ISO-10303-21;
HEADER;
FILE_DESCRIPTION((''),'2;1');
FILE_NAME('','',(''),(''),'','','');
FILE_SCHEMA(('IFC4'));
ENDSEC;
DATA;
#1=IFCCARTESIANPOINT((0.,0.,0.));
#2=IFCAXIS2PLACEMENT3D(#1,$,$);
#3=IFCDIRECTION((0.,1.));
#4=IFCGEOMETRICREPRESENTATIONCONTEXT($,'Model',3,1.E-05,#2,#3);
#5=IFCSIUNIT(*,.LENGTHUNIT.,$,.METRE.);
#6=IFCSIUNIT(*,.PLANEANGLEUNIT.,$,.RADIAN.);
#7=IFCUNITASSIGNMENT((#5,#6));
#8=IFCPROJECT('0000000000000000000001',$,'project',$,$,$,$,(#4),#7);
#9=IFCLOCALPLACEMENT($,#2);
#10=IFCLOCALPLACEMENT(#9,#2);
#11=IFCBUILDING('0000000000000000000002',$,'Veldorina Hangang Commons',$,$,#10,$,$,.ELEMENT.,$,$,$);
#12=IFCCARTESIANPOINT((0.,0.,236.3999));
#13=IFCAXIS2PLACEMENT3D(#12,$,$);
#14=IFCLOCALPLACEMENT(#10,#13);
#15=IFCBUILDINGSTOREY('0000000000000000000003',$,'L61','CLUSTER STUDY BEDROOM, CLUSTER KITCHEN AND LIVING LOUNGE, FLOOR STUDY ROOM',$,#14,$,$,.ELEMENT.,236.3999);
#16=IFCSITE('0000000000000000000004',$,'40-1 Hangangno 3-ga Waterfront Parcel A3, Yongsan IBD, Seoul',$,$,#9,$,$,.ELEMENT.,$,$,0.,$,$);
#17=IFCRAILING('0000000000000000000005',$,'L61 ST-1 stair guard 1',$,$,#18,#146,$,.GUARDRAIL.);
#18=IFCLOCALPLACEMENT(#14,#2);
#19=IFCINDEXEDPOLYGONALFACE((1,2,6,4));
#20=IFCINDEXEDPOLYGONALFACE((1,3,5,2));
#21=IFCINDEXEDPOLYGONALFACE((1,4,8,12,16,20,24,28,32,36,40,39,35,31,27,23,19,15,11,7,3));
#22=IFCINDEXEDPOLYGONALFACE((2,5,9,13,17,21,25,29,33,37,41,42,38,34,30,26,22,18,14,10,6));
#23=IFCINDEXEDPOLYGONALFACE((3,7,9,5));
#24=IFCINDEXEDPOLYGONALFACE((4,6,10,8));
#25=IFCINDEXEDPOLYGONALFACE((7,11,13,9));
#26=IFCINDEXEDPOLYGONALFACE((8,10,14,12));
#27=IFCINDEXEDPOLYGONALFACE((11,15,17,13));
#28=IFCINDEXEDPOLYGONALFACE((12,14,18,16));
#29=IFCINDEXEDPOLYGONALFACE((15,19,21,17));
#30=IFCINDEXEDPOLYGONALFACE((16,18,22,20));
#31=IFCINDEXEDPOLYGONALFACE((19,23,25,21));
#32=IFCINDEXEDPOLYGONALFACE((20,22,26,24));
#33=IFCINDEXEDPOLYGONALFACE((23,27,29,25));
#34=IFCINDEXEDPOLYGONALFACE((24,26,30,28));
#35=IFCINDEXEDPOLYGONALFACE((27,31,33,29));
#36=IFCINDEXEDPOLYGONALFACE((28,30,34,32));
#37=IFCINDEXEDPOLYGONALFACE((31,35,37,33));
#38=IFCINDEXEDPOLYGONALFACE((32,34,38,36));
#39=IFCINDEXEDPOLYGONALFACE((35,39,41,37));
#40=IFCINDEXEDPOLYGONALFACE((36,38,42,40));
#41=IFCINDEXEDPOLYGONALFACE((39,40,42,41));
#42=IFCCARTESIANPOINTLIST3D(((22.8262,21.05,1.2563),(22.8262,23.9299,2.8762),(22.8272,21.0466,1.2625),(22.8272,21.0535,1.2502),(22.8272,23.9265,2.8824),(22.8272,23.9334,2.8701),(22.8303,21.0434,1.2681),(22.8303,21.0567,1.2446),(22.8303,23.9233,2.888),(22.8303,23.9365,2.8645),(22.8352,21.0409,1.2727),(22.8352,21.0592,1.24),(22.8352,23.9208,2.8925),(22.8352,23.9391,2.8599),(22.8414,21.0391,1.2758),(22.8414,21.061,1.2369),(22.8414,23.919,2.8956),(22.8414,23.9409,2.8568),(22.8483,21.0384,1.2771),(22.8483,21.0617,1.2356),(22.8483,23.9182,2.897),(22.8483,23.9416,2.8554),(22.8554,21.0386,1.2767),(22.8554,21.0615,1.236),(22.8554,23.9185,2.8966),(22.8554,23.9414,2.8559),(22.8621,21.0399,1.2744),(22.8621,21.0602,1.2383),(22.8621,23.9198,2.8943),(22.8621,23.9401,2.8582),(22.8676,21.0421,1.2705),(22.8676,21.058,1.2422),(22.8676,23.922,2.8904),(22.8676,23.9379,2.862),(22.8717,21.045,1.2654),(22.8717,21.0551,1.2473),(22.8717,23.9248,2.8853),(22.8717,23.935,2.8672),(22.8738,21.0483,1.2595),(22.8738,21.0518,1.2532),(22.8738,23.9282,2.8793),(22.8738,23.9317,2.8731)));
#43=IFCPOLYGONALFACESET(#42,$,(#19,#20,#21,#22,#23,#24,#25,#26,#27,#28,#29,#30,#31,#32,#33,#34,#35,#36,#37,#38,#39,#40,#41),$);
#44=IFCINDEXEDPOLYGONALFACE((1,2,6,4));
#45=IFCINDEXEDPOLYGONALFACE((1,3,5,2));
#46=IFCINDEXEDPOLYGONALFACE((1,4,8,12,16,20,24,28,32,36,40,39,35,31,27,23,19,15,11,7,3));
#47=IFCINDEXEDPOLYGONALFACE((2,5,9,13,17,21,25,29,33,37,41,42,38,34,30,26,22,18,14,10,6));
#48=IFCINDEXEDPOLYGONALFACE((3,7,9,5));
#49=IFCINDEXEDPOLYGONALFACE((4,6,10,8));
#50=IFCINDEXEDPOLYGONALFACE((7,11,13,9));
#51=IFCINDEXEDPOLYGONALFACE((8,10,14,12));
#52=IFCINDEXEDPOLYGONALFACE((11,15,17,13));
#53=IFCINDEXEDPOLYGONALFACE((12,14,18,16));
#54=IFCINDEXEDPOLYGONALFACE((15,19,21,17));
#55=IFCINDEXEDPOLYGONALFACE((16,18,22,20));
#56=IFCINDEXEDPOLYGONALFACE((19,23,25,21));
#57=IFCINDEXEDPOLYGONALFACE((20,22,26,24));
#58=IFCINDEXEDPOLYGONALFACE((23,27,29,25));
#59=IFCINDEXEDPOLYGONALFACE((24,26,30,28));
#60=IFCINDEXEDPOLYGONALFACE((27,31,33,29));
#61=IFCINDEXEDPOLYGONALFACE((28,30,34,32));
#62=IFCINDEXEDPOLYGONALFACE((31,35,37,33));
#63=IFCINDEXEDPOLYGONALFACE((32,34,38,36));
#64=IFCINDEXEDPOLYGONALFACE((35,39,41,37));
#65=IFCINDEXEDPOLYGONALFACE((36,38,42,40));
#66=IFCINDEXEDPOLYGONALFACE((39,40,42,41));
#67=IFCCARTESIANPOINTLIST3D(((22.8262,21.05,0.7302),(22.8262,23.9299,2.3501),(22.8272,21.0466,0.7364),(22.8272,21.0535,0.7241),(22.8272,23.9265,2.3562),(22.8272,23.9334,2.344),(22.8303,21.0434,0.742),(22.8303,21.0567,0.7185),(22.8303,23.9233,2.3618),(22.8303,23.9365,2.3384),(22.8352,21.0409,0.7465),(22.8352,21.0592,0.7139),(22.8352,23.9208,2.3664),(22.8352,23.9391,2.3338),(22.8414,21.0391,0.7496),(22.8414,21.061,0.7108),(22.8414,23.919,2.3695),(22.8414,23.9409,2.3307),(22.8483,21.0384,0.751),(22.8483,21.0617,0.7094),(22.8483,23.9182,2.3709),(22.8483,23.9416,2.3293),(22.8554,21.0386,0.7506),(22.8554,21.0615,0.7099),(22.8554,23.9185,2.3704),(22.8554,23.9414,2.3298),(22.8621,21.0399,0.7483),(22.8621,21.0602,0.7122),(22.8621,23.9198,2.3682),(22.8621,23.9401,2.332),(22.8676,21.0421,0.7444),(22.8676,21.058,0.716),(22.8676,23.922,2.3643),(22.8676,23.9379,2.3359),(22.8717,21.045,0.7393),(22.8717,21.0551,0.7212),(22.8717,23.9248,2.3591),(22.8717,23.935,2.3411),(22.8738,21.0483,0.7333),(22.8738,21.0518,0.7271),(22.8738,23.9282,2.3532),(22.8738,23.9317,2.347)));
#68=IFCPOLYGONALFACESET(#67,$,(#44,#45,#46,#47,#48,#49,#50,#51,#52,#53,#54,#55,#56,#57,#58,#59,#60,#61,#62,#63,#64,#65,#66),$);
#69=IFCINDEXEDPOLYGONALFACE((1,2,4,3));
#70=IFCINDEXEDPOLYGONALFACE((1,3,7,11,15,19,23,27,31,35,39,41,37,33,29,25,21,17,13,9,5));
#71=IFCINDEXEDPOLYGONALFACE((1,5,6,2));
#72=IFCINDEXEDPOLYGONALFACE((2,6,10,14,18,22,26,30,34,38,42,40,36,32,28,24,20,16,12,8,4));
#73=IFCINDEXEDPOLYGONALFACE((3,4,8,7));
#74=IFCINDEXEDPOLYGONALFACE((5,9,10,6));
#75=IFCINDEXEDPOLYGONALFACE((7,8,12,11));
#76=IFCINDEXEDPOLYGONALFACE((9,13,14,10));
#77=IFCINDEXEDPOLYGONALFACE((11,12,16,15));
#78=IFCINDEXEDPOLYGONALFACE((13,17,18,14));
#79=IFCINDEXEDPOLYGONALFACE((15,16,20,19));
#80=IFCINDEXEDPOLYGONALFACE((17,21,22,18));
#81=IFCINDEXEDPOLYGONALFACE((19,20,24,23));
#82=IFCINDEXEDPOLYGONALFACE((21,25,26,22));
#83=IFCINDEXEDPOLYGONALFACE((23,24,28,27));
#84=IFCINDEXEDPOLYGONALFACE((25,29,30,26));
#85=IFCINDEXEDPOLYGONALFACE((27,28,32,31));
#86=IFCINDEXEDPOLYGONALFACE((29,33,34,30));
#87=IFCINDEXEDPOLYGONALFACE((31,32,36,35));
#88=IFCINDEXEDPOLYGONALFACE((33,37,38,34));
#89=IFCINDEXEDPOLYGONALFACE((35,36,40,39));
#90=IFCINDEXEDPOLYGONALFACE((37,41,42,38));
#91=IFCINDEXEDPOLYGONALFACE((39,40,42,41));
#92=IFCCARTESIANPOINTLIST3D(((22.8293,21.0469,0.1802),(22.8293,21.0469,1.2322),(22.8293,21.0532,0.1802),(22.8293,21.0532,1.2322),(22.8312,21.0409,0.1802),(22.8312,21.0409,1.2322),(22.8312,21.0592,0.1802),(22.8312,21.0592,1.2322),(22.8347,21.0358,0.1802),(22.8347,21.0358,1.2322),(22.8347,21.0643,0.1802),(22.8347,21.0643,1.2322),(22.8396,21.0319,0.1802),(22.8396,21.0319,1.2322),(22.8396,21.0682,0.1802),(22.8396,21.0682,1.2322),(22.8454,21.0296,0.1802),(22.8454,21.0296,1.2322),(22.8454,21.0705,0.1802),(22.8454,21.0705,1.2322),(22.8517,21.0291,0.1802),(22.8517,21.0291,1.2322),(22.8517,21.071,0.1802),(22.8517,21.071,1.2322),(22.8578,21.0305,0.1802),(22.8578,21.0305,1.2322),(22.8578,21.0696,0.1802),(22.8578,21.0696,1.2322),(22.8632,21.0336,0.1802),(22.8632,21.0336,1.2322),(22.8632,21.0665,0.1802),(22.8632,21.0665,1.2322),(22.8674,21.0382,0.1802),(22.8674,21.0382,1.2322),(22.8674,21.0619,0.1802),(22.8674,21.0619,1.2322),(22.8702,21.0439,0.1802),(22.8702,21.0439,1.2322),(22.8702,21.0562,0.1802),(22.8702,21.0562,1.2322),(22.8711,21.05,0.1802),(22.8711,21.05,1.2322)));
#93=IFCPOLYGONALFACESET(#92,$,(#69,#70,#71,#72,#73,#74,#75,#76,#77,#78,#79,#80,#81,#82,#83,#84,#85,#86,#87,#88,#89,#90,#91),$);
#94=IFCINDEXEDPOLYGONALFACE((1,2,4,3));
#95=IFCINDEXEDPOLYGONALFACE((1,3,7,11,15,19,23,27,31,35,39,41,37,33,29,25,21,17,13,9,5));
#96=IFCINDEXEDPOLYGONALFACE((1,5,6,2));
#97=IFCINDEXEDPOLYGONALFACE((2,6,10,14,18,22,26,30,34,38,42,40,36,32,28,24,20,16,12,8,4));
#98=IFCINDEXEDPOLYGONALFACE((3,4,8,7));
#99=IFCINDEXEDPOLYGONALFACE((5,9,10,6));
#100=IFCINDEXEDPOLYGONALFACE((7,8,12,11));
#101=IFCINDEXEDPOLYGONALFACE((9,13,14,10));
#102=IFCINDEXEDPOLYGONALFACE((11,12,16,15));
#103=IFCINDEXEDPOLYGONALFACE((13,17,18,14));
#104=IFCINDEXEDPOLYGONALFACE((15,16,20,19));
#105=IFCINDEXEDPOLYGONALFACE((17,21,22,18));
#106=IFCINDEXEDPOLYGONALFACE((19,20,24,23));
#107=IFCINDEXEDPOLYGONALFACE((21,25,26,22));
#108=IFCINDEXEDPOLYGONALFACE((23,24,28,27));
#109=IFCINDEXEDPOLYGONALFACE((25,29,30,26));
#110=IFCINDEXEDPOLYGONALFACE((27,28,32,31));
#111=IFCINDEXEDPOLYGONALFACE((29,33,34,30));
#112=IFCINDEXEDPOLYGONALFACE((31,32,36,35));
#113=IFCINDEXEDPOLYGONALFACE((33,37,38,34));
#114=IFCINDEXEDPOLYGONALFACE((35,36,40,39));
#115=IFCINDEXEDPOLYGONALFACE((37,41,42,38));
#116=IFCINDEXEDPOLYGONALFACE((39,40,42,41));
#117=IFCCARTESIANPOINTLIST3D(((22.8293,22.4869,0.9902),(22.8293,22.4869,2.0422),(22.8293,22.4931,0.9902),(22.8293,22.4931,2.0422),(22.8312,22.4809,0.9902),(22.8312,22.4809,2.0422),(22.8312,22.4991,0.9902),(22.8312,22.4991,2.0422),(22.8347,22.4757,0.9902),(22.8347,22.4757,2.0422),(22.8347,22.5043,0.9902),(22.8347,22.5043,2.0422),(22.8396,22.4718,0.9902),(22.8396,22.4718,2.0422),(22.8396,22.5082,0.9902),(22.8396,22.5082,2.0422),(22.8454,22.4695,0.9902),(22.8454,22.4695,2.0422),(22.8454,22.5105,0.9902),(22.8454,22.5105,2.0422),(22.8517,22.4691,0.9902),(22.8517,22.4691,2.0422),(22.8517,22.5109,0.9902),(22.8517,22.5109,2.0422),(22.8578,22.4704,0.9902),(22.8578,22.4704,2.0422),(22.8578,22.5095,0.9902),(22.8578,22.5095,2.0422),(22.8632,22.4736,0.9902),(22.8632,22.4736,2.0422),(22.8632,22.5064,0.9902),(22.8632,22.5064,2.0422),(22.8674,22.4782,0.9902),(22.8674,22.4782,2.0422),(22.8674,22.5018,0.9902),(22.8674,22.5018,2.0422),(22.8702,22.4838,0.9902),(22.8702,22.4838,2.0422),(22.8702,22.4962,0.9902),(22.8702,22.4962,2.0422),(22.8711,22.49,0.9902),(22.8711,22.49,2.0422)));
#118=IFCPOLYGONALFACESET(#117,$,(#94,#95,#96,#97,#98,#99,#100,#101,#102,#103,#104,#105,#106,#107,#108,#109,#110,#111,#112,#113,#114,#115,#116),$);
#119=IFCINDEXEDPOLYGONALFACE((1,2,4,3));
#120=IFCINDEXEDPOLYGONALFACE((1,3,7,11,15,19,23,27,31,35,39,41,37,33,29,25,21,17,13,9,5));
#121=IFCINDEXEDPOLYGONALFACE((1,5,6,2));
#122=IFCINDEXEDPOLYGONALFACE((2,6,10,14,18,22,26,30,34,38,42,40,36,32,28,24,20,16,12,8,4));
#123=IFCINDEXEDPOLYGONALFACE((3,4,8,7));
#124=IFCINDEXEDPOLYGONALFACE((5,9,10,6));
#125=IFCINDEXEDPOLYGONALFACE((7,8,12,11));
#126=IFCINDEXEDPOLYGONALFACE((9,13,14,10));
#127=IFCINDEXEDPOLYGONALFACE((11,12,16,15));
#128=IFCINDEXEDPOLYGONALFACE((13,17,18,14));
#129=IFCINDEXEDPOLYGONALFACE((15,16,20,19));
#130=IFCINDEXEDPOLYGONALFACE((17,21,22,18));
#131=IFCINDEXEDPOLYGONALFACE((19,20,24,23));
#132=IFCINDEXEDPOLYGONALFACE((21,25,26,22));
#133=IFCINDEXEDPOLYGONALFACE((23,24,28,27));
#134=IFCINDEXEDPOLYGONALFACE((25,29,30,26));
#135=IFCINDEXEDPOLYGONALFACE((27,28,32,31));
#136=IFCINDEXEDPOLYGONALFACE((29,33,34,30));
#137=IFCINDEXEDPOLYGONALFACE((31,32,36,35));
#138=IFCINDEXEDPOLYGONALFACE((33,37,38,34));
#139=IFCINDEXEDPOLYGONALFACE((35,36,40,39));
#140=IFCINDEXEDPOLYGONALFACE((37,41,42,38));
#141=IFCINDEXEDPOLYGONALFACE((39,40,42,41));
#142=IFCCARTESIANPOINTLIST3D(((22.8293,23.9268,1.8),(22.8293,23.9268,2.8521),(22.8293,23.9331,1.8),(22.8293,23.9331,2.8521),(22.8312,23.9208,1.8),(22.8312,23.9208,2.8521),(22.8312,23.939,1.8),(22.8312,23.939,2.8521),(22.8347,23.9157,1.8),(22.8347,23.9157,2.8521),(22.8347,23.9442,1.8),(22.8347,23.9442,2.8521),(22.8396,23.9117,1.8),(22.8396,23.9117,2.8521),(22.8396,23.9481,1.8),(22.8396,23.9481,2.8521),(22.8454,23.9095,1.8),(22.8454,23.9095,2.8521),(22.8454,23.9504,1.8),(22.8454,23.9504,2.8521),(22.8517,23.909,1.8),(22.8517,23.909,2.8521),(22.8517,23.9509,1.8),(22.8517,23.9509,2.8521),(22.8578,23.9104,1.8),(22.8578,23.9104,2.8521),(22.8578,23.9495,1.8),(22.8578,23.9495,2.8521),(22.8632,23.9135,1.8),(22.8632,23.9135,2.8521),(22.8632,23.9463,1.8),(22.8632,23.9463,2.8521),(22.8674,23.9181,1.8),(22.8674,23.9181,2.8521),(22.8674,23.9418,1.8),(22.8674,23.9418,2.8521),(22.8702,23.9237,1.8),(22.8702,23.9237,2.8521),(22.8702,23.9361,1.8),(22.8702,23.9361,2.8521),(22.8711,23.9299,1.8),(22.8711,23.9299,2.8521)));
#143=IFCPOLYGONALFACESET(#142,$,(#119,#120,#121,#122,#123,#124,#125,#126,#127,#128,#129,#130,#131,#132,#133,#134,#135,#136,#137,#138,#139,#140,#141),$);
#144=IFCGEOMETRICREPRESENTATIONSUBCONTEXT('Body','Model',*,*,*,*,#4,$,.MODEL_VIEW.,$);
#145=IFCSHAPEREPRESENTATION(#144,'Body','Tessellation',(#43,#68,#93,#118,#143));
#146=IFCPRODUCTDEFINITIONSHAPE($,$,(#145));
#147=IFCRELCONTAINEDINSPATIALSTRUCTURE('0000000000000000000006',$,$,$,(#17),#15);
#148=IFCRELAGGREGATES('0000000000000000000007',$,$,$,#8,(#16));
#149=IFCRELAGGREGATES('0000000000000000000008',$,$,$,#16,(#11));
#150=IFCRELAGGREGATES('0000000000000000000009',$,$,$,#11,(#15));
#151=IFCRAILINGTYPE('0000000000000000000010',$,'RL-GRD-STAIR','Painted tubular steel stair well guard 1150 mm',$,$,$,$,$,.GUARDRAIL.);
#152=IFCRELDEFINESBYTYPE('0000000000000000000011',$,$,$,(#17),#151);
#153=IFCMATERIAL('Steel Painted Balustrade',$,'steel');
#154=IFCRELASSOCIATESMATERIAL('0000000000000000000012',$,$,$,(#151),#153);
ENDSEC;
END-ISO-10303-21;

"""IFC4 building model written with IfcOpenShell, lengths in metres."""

from ifc_helpers import new_model, si_unit, direction, frame, origin, origin_2d, place, context, subcontext, project, spatial, circle, extrude, material, type_object, element, save


model = new_model("IFC4")

# Units and contexts
model_context = context("Model", 3, precision=1e-05, world=origin(), true_north=direction((0.0, 1.0)))
body_context = subcontext(model_context, "Body", "Model", "MODEL_VIEW")
ifc_project = project(units=[si_unit("LENGTHUNIT", "METRE"), si_unit("PLANEANGLEUNIT", "RADIAN")], contexts=[model_context])

# Site, building, storey
site_placement = place(None, origin())
site = spatial("IfcSite", under=ifc_project, at=site_placement, Name="40-1 Hangangno 3-ga Waterfront Parcel A3, Yongsan IBD, Seoul", CompositionType="ELEMENT", RefElevation=0.0)
building_placement = place(site_placement, origin())
building = spatial("IfcBuilding", under=site, at=building_placement, Name="Veldorina Hangang Commons", CompositionType="ELEMENT")
storey_placement = place(building_placement, frame((0.0, 0.0, 236.3999)))
storey = spatial("IfcBuildingStorey", under=building, at=storey_placement, Name="L61", Description="CLUSTER STUDY BEDROOM, CLUSTER KITCHEN AND LIVING LOUNGE, FLOOR STUDY ROOM", CompositionType="ELEMENT", Elevation=236.3999)

# Railing
ifc_material_1 = material(Name="Steel Painted Balustrade", Category="steel")
railing_type_1 = type_object("IfcRailingType", Name="RL-GRD-STAIR", Description="Painted tubular steel stair well guard 1150 mm", PredefinedType="GUARDRAIL", material=ifc_material_1)
railing_1_placement = place(storey_placement, frame((22.8501, 21.05, 0.1802)))
element("IfcRailing", 1, at=railing_1_placement, inside=storey, type_object=railing_type_1, Name="L61 ST-1 stair guard 1", PredefinedType="GUARDRAIL", context=body_context, shape_type="SweptSolid", body=[
    extrude(circle(Radius=0.0239, at=origin_2d()), frame((0.0, 0.0, 1.0762), z_axis=(0.0, 0.871583, 0.490247), x_axis=(-1.0, 0.0, 0.0)), (0.0, 0.0, 1.0), 3.3042),
    extrude(circle(Radius=0.0239, at=origin_2d()), frame((0.0, 0.0, 0.55), z_axis=(0.0, 0.871583, 0.490247), x_axis=(-1.0, 0.0, 0.0)), (0.0, 0.0, 1.0), 3.3042),
    extrude(circle(Radius=0.021, at=origin_2d()), origin(), (0.0, 0.0, 1.0), 1.052),
    extrude(circle(Radius=0.021, at=origin_2d()), frame((0.0, 1.4399, 0.8101)), (0.0, 0.0, 1.0), 1.052),
    extrude(circle(Radius=0.021, at=origin_2d()), frame((0.0, 2.8799, 1.6199)), (0.0, 0.0, 1.0), 1.052),
])

save(model, "model.ifc")
